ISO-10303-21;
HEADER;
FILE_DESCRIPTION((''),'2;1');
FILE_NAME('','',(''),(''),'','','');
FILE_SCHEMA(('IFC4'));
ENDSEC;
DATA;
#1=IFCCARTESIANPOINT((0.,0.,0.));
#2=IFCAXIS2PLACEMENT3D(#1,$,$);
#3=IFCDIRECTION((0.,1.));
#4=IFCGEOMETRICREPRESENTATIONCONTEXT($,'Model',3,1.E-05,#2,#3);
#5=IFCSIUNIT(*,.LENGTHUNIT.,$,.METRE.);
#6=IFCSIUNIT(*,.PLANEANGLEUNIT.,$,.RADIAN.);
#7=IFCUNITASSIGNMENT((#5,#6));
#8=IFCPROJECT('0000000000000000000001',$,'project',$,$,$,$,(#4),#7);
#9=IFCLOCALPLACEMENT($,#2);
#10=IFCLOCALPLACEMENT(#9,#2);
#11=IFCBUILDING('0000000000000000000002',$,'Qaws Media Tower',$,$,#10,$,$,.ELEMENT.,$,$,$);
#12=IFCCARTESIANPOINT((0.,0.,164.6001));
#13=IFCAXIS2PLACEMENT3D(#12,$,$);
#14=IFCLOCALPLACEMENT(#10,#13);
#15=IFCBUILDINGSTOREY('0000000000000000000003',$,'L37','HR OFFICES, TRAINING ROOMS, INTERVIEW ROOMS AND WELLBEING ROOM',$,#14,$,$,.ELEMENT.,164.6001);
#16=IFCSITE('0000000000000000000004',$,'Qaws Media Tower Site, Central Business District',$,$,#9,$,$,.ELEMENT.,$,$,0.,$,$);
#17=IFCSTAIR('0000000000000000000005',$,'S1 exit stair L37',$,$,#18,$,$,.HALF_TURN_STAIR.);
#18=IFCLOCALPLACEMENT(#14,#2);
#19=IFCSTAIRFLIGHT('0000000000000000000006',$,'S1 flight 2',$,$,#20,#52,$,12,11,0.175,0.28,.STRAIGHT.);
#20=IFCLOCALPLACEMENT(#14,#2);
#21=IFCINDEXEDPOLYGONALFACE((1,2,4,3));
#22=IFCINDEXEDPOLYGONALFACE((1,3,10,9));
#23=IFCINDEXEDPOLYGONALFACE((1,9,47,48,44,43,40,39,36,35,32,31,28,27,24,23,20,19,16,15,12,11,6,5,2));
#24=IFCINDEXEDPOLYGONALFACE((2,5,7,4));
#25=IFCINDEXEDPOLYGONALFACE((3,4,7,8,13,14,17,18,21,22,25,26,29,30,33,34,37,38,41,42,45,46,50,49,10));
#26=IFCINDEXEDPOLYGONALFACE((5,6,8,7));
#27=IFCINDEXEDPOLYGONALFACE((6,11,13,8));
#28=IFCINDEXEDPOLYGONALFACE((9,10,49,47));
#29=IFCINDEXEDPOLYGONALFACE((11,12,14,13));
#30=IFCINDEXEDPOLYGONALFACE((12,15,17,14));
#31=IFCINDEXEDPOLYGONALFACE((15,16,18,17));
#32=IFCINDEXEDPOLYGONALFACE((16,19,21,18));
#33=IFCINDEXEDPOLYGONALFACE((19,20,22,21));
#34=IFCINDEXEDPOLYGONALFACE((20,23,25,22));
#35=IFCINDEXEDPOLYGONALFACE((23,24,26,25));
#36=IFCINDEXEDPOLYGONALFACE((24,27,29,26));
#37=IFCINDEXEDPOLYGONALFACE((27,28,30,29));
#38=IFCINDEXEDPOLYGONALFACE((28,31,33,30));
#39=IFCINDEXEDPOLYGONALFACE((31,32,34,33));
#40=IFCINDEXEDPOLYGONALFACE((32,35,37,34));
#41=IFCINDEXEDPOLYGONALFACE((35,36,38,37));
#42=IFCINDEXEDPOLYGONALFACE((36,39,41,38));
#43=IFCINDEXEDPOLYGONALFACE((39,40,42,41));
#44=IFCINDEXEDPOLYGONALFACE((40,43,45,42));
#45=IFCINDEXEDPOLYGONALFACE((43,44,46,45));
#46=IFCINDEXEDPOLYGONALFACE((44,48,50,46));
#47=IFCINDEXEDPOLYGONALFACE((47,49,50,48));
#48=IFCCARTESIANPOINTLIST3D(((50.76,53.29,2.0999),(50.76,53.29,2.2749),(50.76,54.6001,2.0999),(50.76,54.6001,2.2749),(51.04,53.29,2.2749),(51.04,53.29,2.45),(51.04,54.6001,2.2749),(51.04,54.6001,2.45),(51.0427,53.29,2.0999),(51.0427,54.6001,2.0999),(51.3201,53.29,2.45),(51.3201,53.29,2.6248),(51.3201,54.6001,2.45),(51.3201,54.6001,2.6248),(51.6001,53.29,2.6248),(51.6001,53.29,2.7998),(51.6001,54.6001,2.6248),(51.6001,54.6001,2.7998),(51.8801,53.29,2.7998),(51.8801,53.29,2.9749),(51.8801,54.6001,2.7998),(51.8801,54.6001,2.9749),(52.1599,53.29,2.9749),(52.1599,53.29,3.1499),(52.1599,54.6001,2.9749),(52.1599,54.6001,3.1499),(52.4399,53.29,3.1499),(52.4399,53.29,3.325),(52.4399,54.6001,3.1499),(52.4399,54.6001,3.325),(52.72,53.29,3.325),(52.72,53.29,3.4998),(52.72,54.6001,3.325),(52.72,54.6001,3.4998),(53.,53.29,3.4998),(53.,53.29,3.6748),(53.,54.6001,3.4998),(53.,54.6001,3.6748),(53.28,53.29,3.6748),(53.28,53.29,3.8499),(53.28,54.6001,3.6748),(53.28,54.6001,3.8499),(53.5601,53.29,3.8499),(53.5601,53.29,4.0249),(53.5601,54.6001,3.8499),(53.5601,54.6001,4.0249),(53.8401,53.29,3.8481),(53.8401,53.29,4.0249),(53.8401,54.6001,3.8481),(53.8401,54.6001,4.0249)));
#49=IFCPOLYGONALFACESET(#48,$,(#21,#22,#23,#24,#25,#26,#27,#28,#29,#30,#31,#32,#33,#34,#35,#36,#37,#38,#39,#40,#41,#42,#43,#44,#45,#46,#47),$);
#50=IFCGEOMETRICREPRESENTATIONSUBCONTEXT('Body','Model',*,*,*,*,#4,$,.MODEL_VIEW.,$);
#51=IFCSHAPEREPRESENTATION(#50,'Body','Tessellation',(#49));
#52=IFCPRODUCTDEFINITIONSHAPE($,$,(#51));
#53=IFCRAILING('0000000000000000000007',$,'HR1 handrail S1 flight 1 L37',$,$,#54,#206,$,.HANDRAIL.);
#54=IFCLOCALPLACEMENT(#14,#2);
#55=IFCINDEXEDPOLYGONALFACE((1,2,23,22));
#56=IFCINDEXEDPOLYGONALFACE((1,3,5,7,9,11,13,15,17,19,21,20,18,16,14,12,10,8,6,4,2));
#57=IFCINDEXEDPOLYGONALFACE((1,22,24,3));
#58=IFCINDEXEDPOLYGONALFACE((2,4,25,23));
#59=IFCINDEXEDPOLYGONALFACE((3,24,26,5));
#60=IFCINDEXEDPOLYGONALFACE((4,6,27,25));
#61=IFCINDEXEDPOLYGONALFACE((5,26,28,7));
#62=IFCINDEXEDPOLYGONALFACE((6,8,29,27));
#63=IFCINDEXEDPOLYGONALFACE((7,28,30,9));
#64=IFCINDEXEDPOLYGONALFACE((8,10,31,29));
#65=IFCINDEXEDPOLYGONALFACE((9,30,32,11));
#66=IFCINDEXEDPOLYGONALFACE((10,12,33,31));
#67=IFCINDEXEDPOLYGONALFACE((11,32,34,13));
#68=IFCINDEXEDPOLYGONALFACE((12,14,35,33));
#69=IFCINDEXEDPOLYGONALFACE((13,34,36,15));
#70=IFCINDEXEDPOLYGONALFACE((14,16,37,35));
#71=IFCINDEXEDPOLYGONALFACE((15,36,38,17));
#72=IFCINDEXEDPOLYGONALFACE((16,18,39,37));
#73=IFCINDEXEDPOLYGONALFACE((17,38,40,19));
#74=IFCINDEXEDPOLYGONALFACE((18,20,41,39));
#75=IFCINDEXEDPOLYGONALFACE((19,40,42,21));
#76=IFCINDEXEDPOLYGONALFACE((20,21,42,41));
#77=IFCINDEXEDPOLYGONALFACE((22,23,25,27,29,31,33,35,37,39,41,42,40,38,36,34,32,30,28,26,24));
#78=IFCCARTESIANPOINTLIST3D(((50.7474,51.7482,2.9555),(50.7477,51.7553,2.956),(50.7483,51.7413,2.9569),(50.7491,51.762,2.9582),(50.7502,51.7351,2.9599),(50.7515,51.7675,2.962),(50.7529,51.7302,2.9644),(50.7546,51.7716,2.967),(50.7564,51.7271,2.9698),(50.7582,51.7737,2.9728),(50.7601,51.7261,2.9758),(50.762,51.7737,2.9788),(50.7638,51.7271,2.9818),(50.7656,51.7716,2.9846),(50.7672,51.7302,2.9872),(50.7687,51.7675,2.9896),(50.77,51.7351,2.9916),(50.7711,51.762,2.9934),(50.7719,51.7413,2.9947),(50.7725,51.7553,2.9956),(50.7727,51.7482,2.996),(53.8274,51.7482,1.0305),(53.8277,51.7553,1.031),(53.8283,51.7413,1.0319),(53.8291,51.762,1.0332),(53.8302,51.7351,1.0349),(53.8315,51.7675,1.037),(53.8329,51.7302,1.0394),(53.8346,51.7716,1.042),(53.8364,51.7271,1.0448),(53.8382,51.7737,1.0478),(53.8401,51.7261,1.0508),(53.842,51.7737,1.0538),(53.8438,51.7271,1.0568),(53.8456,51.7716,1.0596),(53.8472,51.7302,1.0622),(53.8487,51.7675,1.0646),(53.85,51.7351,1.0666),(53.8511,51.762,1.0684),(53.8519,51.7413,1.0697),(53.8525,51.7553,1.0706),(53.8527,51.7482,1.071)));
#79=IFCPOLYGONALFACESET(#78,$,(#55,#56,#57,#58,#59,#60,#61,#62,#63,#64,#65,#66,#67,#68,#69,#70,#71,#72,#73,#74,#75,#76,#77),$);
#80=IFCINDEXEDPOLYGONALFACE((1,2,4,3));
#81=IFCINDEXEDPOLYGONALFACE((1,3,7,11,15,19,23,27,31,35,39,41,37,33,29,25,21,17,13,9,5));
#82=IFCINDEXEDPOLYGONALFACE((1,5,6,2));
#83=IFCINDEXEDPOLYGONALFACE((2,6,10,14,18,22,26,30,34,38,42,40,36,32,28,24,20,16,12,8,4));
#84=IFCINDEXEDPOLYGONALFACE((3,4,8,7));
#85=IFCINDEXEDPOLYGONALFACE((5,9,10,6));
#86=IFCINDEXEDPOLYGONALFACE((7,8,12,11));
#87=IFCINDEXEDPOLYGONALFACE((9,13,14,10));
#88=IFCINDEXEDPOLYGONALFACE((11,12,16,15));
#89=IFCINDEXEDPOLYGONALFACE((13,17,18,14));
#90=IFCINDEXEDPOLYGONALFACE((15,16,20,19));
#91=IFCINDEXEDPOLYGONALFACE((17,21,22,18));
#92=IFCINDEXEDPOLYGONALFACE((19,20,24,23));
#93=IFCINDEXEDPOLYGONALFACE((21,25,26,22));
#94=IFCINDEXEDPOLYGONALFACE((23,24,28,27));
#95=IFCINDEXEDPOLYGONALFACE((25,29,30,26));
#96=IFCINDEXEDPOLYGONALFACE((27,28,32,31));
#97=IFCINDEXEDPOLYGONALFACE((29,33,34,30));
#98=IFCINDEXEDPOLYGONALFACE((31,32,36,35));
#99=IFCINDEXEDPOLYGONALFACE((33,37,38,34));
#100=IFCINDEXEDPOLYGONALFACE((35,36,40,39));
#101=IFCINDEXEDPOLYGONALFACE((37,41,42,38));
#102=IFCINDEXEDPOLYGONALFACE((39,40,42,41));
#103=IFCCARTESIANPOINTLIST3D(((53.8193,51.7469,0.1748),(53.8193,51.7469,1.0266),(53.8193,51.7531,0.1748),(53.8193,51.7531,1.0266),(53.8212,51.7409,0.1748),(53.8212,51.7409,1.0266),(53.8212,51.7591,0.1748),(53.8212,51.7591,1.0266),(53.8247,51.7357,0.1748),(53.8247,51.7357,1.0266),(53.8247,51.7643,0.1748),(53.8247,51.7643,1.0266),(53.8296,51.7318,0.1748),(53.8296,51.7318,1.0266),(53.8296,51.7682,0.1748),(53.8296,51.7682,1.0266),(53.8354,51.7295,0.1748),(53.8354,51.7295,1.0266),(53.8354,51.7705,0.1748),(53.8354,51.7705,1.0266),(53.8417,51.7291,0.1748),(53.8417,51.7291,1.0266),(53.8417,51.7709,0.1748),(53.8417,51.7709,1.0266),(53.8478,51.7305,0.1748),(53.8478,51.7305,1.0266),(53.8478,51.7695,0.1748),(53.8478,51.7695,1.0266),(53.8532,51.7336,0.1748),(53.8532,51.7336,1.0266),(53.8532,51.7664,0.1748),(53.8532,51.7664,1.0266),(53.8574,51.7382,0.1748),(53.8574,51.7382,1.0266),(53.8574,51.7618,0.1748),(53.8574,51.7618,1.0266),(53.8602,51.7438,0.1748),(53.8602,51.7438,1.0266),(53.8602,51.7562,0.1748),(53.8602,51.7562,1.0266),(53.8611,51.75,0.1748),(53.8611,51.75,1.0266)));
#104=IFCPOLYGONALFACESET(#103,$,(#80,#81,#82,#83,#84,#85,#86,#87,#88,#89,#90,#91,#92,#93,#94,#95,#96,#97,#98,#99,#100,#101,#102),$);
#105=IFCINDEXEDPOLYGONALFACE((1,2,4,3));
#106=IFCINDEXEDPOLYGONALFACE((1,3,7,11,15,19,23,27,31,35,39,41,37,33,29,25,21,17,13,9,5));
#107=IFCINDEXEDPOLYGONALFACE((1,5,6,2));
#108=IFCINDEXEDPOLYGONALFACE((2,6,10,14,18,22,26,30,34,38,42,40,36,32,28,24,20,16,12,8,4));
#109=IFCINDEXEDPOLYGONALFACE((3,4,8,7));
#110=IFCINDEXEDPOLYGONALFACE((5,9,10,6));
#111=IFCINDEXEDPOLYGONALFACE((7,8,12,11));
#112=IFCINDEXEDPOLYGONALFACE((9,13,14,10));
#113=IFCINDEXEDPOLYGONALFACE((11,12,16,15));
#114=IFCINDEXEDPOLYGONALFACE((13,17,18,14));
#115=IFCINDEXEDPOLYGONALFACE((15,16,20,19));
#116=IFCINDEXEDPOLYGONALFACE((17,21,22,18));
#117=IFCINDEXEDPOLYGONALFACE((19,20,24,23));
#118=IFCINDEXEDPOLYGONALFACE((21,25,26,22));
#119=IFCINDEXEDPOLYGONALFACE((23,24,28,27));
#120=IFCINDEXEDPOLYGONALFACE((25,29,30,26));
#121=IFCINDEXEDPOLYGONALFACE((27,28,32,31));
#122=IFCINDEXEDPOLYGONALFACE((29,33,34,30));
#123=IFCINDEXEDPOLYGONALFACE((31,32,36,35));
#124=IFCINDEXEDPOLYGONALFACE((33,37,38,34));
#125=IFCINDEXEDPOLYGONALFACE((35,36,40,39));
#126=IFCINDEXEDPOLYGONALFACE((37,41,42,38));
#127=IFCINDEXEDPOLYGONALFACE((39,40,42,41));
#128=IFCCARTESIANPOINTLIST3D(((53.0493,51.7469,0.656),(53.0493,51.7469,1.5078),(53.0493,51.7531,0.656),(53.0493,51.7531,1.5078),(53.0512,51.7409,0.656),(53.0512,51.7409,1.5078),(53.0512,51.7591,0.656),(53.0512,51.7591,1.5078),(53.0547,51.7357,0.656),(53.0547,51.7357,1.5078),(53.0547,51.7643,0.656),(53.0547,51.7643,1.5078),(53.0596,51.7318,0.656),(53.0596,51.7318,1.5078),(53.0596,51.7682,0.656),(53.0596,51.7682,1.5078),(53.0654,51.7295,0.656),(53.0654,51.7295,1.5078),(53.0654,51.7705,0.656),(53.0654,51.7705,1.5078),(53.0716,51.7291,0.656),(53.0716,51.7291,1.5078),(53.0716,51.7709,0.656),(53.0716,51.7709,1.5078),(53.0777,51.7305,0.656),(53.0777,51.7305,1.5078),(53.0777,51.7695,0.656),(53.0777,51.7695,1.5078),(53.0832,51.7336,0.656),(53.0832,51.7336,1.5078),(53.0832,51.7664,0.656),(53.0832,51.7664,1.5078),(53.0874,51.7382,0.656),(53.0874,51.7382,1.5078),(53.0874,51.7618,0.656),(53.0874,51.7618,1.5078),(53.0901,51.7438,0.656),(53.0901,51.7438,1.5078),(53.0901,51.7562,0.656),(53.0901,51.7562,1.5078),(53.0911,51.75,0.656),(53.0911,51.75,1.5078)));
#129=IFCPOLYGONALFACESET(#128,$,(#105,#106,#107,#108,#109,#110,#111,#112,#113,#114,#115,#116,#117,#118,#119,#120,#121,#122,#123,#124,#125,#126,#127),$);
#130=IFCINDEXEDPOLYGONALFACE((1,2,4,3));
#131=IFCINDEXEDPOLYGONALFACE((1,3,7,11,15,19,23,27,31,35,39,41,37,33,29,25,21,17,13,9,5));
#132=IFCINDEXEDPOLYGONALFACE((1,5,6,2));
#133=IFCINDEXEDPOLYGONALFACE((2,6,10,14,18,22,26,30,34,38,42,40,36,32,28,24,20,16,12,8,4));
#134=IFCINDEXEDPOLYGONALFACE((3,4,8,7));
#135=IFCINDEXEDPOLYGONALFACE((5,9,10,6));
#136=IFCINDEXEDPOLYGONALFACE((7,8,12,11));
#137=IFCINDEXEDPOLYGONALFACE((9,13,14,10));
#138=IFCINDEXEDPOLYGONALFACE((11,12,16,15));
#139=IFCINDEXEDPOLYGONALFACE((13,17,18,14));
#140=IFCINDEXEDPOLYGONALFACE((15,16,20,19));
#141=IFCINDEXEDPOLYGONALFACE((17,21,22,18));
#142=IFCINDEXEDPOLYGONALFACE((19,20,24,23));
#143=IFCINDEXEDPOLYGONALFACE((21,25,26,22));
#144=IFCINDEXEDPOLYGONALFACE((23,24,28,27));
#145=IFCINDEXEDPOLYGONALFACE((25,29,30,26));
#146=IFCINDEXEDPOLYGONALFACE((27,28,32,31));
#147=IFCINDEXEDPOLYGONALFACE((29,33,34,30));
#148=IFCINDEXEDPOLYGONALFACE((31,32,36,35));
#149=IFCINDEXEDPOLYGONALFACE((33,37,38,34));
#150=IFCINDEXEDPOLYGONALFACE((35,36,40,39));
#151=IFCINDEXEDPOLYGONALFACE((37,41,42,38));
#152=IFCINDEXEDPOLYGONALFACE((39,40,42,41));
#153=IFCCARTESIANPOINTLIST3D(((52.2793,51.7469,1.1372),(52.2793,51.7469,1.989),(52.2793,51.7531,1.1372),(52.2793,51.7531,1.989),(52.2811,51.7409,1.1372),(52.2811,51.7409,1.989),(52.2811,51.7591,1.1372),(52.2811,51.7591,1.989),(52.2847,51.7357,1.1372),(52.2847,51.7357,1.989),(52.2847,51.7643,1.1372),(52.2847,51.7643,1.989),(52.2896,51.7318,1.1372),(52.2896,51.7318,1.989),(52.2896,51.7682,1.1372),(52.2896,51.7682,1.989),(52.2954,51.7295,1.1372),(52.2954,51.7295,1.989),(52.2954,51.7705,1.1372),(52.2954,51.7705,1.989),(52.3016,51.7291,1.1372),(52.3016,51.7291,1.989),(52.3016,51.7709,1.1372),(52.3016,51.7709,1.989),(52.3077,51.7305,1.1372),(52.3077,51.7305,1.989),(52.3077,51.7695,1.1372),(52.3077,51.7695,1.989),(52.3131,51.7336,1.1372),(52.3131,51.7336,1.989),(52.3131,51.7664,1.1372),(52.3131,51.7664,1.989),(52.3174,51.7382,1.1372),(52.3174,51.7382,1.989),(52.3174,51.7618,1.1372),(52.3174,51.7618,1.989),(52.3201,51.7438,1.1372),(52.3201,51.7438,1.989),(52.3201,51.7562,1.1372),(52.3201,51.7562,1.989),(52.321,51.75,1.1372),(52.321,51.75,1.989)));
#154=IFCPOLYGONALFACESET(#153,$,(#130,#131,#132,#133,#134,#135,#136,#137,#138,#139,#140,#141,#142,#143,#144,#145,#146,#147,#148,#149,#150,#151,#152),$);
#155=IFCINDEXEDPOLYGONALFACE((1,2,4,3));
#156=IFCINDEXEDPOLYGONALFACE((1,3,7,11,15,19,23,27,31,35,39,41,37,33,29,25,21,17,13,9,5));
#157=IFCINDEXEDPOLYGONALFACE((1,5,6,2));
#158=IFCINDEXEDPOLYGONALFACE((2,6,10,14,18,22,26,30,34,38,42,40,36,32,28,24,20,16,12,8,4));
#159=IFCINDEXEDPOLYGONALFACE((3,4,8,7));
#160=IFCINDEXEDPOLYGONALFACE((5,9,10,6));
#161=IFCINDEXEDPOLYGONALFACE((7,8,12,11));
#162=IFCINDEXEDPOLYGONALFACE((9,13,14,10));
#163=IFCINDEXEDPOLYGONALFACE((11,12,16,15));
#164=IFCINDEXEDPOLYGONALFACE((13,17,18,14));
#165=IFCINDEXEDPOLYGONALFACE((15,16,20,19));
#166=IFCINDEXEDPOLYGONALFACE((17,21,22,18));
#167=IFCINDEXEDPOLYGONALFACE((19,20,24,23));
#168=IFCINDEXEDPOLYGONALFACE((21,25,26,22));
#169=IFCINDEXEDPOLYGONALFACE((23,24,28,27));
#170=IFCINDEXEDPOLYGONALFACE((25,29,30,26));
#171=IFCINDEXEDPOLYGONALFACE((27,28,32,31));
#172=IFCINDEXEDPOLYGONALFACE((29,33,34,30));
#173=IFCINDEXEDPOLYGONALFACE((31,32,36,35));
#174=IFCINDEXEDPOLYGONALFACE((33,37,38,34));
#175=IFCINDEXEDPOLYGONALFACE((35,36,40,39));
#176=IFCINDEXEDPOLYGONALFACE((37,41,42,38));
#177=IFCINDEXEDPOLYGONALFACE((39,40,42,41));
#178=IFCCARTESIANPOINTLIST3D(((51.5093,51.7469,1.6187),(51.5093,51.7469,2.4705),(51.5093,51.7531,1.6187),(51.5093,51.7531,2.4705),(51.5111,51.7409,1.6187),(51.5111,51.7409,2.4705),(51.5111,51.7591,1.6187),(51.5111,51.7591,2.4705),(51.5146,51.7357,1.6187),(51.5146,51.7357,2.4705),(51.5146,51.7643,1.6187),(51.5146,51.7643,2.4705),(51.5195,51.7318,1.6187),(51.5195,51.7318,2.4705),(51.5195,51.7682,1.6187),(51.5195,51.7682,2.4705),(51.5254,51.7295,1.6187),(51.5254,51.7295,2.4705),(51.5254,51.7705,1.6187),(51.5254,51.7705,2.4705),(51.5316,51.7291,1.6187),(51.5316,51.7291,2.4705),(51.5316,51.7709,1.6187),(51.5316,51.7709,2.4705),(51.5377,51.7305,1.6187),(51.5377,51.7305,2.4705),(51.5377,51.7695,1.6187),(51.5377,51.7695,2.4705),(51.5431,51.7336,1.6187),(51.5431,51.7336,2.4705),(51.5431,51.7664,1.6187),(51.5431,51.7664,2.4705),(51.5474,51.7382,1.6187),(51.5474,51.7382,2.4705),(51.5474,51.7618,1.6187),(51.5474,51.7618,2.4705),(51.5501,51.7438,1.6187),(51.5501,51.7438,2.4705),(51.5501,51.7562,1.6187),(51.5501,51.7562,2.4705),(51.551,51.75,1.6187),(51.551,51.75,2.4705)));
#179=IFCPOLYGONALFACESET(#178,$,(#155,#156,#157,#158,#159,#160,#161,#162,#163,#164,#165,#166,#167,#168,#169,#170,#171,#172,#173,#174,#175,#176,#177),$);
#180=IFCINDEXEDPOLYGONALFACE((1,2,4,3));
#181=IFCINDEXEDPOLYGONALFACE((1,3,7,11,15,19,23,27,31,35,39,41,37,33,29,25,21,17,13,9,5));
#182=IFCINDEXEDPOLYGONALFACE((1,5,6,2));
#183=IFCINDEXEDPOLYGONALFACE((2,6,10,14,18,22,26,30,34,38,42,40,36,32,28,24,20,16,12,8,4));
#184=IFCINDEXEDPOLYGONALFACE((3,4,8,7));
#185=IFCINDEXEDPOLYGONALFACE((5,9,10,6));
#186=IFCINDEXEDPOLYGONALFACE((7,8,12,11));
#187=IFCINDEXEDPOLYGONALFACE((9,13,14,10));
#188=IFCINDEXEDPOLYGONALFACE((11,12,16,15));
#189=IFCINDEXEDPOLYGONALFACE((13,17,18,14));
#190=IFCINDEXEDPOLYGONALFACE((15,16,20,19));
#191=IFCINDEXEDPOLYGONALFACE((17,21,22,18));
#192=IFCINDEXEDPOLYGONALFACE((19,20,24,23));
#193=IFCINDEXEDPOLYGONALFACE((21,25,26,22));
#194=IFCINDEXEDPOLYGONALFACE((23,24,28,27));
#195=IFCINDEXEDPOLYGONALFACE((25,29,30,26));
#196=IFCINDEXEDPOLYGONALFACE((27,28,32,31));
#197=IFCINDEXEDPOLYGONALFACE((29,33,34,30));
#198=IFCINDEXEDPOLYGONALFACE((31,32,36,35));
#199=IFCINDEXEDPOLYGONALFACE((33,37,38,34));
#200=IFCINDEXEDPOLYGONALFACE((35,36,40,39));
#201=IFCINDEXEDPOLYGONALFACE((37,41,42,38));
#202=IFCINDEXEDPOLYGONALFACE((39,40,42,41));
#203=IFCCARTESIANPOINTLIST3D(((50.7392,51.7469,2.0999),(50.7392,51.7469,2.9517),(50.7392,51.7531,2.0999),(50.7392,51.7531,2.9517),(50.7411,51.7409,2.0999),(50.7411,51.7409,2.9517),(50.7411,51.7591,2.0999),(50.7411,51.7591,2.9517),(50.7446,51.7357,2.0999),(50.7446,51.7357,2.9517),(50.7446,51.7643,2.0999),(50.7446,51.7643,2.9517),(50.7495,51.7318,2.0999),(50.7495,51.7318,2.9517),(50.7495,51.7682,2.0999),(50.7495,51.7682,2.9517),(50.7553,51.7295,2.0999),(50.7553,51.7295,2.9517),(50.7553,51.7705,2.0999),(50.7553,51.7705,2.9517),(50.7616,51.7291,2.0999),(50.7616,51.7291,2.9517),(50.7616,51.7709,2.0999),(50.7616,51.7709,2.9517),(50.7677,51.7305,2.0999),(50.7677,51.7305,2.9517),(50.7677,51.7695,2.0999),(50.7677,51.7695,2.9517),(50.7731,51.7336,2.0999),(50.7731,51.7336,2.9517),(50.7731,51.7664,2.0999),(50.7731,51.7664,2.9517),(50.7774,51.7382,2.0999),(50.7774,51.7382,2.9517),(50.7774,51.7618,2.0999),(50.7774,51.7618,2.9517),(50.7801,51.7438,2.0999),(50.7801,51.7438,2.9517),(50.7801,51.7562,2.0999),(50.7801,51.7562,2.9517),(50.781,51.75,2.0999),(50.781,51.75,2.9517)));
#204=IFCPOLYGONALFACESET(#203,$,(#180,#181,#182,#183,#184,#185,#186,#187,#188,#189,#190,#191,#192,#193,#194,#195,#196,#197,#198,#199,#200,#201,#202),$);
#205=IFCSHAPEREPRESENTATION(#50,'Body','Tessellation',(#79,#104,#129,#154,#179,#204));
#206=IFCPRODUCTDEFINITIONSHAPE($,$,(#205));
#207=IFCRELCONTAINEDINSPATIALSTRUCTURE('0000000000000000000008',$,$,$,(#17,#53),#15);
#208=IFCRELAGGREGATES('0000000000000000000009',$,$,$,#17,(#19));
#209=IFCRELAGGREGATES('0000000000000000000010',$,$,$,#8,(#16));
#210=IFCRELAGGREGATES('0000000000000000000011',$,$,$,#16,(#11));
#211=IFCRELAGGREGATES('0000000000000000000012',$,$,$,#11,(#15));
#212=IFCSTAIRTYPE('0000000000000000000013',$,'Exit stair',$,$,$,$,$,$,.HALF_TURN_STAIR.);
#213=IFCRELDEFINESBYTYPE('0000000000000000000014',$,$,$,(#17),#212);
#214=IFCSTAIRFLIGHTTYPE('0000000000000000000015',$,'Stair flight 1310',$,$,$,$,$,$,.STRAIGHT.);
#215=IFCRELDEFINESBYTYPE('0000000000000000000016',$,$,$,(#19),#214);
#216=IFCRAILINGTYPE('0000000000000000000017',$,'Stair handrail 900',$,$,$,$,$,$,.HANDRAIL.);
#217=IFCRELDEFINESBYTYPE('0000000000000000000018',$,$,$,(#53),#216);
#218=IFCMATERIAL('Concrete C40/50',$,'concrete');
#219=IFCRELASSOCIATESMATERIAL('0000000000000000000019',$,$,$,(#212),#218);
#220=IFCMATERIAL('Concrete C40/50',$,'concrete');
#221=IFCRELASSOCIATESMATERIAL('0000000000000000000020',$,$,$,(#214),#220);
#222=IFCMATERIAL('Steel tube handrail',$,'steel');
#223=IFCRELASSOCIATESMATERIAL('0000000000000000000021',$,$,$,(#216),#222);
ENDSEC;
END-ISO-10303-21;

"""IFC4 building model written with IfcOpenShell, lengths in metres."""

from ifc_helpers import new_model, si_unit, direction, frame, origin, origin_2d, place, context, subcontext, project, spatial, polyline, circle, outline, extrude, material, type_object, element, aggregate, save


model = new_model("IFC4")

# Units and contexts
model_context = context("Model", 3, precision=1e-05, world=origin(), true_north=direction((0.0, 1.0)))
body_context = subcontext(model_context, "Body", "Model", "MODEL_VIEW")
ifc_project = project(units=[si_unit("LENGTHUNIT", "METRE"), si_unit("PLANEANGLEUNIT", "RADIAN")], contexts=[model_context])

# Site, building, storey
site_placement = place(None, origin())
site = spatial("IfcSite", under=ifc_project, at=site_placement, Name="Qaws Media Tower Site, Central Business District", CompositionType="ELEMENT", RefElevation=0.0)
building_placement = place(site_placement, origin())
building = spatial("IfcBuilding", under=site, at=building_placement, Name="Qaws Media Tower", CompositionType="ELEMENT")
storey_placement = place(building_placement, frame((0.0, 0.0, 164.6001)))
storey = spatial("IfcBuildingStorey", under=building, at=storey_placement, Name="L37", Description="HR OFFICES, TRAINING ROOMS, INTERVIEW ROOMS AND WELLBEING ROOM", CompositionType="ELEMENT", Elevation=164.6001)

# Stair, stair flight
ifc_material_1 = material(Name="Concrete C40/50", Category="concrete")
stair_type = type_object("IfcStairType", Name="Exit stair", PredefinedType="HALF_TURN_STAIR", material=ifc_material_1)
stair_placement = place(storey_placement, origin())
stair = element("IfcStair", 1, at=stair_placement, inside=storey, type_object=stair_type, Name="S1 exit stair L37", PredefinedType="HALF_TURN_STAIR")
ifc_material_2 = material(Name="Concrete C40/50", Category="concrete")
stair_flight_type = type_object("IfcStairFlightType", Name="Stair flight 1310", PredefinedType="STRAIGHT", material=ifc_material_2)
stair_flight_1_placement = place(storey_placement, frame((50.76, 53.9451, 2.0999), z_axis=(0.0, 0.0, 1.0), x_axis=(1.0, 0.0, 0.0)))
stair_flight_1 = element("IfcStairFlight", 2, at=stair_flight_1_placement, type_object=stair_flight_type, Name="S1 flight 2", NumberOfRisers=12, NumberOfTreads=11, PredefinedType="STRAIGHT", RiserHeight=0.175, TreadLength=0.28, context=body_context, shape_type="SweptSolid", body=[
    extrude(outline(polyline([(0.0, 0.0), (0.0, 0.175), (0.28, 0.175), (0.28, 0.3501), (0.5601, 0.3501), (0.5601, 0.5249), (0.8401, 0.5249), (0.8401, 0.7), (1.1201, 0.7), (1.1201, 0.875), (1.3999, 0.875), (1.3999, 1.05), (1.6799, 1.05), (1.6799, 1.2251), (1.96, 1.2251), (1.96, 1.3999), (2.24, 1.3999), (2.24, 1.575), (2.52, 1.575), (2.52, 1.75), (2.8, 1.75), (2.8, 1.925), (3.0801, 1.925), (3.0801, 2.1001), (3.0801, 1.7483), (0.2827, 0.0), (0.0, 0.0)])), frame((0.0, 0.655, 0.0), z_axis=(0.0, -1.0, 0.0), x_axis=(1.0, 0.0, 0.0)), (0.0, 0.0, 1.0), 1.3101),
])
aggregate(stair, [stair_flight_1])

# Railing
ifc_material_3 = material(Name="Steel tube handrail", Category="steel")
railing_type = type_object("IfcRailingType", Name="Stair handrail 900", PredefinedType="HANDRAIL", material=ifc_material_3)
for number, where, name in (
    (3, (53.8401, 51.75, 0.1748), "HR1 handrail S1 flight 1 L37"),
):
    element("IfcRailing", number, at=place(storey_placement, frame(where)), inside=storey, type_object=railing_type, Name=name, PredefinedType="HANDRAIL", context=body_context, shape_type="SweptSolid", body=[
        extrude(circle(Radius=0.0239, at=origin_2d()), frame((0.0, 0.0, 0.876), z_axis=(-0.847998, 0.0, 0.529999), x_axis=(0.0, -1.0, 0.0)), (0.0, 0.0, 1.0), 3.6321),
        extrude(circle(Radius=0.021, at=origin_2d()), origin(), (0.0, 0.0, 1.0), 0.8518),
        extrude(circle(Radius=0.021, at=origin_2d()), frame((-0.77, 0.0, 0.4812)), (0.0, 0.0, 1.0), 0.8518),
        extrude(circle(Radius=0.021, at=origin_2d()), frame((-1.54, 0.0, 0.9624)), (0.0, 0.0, 1.0), 0.8518),
        extrude(circle(Radius=0.021, at=origin_2d()), frame((-2.3101, 0.0, 1.4438)), (0.0, 0.0, 1.0), 0.8518),
        extrude(circle(Radius=0.021, at=origin_2d()), frame((-3.0801, 0.0, 1.925)), (0.0, 0.0, 1.0), 0.8518),
    ])

save(model, "model.ifc")
